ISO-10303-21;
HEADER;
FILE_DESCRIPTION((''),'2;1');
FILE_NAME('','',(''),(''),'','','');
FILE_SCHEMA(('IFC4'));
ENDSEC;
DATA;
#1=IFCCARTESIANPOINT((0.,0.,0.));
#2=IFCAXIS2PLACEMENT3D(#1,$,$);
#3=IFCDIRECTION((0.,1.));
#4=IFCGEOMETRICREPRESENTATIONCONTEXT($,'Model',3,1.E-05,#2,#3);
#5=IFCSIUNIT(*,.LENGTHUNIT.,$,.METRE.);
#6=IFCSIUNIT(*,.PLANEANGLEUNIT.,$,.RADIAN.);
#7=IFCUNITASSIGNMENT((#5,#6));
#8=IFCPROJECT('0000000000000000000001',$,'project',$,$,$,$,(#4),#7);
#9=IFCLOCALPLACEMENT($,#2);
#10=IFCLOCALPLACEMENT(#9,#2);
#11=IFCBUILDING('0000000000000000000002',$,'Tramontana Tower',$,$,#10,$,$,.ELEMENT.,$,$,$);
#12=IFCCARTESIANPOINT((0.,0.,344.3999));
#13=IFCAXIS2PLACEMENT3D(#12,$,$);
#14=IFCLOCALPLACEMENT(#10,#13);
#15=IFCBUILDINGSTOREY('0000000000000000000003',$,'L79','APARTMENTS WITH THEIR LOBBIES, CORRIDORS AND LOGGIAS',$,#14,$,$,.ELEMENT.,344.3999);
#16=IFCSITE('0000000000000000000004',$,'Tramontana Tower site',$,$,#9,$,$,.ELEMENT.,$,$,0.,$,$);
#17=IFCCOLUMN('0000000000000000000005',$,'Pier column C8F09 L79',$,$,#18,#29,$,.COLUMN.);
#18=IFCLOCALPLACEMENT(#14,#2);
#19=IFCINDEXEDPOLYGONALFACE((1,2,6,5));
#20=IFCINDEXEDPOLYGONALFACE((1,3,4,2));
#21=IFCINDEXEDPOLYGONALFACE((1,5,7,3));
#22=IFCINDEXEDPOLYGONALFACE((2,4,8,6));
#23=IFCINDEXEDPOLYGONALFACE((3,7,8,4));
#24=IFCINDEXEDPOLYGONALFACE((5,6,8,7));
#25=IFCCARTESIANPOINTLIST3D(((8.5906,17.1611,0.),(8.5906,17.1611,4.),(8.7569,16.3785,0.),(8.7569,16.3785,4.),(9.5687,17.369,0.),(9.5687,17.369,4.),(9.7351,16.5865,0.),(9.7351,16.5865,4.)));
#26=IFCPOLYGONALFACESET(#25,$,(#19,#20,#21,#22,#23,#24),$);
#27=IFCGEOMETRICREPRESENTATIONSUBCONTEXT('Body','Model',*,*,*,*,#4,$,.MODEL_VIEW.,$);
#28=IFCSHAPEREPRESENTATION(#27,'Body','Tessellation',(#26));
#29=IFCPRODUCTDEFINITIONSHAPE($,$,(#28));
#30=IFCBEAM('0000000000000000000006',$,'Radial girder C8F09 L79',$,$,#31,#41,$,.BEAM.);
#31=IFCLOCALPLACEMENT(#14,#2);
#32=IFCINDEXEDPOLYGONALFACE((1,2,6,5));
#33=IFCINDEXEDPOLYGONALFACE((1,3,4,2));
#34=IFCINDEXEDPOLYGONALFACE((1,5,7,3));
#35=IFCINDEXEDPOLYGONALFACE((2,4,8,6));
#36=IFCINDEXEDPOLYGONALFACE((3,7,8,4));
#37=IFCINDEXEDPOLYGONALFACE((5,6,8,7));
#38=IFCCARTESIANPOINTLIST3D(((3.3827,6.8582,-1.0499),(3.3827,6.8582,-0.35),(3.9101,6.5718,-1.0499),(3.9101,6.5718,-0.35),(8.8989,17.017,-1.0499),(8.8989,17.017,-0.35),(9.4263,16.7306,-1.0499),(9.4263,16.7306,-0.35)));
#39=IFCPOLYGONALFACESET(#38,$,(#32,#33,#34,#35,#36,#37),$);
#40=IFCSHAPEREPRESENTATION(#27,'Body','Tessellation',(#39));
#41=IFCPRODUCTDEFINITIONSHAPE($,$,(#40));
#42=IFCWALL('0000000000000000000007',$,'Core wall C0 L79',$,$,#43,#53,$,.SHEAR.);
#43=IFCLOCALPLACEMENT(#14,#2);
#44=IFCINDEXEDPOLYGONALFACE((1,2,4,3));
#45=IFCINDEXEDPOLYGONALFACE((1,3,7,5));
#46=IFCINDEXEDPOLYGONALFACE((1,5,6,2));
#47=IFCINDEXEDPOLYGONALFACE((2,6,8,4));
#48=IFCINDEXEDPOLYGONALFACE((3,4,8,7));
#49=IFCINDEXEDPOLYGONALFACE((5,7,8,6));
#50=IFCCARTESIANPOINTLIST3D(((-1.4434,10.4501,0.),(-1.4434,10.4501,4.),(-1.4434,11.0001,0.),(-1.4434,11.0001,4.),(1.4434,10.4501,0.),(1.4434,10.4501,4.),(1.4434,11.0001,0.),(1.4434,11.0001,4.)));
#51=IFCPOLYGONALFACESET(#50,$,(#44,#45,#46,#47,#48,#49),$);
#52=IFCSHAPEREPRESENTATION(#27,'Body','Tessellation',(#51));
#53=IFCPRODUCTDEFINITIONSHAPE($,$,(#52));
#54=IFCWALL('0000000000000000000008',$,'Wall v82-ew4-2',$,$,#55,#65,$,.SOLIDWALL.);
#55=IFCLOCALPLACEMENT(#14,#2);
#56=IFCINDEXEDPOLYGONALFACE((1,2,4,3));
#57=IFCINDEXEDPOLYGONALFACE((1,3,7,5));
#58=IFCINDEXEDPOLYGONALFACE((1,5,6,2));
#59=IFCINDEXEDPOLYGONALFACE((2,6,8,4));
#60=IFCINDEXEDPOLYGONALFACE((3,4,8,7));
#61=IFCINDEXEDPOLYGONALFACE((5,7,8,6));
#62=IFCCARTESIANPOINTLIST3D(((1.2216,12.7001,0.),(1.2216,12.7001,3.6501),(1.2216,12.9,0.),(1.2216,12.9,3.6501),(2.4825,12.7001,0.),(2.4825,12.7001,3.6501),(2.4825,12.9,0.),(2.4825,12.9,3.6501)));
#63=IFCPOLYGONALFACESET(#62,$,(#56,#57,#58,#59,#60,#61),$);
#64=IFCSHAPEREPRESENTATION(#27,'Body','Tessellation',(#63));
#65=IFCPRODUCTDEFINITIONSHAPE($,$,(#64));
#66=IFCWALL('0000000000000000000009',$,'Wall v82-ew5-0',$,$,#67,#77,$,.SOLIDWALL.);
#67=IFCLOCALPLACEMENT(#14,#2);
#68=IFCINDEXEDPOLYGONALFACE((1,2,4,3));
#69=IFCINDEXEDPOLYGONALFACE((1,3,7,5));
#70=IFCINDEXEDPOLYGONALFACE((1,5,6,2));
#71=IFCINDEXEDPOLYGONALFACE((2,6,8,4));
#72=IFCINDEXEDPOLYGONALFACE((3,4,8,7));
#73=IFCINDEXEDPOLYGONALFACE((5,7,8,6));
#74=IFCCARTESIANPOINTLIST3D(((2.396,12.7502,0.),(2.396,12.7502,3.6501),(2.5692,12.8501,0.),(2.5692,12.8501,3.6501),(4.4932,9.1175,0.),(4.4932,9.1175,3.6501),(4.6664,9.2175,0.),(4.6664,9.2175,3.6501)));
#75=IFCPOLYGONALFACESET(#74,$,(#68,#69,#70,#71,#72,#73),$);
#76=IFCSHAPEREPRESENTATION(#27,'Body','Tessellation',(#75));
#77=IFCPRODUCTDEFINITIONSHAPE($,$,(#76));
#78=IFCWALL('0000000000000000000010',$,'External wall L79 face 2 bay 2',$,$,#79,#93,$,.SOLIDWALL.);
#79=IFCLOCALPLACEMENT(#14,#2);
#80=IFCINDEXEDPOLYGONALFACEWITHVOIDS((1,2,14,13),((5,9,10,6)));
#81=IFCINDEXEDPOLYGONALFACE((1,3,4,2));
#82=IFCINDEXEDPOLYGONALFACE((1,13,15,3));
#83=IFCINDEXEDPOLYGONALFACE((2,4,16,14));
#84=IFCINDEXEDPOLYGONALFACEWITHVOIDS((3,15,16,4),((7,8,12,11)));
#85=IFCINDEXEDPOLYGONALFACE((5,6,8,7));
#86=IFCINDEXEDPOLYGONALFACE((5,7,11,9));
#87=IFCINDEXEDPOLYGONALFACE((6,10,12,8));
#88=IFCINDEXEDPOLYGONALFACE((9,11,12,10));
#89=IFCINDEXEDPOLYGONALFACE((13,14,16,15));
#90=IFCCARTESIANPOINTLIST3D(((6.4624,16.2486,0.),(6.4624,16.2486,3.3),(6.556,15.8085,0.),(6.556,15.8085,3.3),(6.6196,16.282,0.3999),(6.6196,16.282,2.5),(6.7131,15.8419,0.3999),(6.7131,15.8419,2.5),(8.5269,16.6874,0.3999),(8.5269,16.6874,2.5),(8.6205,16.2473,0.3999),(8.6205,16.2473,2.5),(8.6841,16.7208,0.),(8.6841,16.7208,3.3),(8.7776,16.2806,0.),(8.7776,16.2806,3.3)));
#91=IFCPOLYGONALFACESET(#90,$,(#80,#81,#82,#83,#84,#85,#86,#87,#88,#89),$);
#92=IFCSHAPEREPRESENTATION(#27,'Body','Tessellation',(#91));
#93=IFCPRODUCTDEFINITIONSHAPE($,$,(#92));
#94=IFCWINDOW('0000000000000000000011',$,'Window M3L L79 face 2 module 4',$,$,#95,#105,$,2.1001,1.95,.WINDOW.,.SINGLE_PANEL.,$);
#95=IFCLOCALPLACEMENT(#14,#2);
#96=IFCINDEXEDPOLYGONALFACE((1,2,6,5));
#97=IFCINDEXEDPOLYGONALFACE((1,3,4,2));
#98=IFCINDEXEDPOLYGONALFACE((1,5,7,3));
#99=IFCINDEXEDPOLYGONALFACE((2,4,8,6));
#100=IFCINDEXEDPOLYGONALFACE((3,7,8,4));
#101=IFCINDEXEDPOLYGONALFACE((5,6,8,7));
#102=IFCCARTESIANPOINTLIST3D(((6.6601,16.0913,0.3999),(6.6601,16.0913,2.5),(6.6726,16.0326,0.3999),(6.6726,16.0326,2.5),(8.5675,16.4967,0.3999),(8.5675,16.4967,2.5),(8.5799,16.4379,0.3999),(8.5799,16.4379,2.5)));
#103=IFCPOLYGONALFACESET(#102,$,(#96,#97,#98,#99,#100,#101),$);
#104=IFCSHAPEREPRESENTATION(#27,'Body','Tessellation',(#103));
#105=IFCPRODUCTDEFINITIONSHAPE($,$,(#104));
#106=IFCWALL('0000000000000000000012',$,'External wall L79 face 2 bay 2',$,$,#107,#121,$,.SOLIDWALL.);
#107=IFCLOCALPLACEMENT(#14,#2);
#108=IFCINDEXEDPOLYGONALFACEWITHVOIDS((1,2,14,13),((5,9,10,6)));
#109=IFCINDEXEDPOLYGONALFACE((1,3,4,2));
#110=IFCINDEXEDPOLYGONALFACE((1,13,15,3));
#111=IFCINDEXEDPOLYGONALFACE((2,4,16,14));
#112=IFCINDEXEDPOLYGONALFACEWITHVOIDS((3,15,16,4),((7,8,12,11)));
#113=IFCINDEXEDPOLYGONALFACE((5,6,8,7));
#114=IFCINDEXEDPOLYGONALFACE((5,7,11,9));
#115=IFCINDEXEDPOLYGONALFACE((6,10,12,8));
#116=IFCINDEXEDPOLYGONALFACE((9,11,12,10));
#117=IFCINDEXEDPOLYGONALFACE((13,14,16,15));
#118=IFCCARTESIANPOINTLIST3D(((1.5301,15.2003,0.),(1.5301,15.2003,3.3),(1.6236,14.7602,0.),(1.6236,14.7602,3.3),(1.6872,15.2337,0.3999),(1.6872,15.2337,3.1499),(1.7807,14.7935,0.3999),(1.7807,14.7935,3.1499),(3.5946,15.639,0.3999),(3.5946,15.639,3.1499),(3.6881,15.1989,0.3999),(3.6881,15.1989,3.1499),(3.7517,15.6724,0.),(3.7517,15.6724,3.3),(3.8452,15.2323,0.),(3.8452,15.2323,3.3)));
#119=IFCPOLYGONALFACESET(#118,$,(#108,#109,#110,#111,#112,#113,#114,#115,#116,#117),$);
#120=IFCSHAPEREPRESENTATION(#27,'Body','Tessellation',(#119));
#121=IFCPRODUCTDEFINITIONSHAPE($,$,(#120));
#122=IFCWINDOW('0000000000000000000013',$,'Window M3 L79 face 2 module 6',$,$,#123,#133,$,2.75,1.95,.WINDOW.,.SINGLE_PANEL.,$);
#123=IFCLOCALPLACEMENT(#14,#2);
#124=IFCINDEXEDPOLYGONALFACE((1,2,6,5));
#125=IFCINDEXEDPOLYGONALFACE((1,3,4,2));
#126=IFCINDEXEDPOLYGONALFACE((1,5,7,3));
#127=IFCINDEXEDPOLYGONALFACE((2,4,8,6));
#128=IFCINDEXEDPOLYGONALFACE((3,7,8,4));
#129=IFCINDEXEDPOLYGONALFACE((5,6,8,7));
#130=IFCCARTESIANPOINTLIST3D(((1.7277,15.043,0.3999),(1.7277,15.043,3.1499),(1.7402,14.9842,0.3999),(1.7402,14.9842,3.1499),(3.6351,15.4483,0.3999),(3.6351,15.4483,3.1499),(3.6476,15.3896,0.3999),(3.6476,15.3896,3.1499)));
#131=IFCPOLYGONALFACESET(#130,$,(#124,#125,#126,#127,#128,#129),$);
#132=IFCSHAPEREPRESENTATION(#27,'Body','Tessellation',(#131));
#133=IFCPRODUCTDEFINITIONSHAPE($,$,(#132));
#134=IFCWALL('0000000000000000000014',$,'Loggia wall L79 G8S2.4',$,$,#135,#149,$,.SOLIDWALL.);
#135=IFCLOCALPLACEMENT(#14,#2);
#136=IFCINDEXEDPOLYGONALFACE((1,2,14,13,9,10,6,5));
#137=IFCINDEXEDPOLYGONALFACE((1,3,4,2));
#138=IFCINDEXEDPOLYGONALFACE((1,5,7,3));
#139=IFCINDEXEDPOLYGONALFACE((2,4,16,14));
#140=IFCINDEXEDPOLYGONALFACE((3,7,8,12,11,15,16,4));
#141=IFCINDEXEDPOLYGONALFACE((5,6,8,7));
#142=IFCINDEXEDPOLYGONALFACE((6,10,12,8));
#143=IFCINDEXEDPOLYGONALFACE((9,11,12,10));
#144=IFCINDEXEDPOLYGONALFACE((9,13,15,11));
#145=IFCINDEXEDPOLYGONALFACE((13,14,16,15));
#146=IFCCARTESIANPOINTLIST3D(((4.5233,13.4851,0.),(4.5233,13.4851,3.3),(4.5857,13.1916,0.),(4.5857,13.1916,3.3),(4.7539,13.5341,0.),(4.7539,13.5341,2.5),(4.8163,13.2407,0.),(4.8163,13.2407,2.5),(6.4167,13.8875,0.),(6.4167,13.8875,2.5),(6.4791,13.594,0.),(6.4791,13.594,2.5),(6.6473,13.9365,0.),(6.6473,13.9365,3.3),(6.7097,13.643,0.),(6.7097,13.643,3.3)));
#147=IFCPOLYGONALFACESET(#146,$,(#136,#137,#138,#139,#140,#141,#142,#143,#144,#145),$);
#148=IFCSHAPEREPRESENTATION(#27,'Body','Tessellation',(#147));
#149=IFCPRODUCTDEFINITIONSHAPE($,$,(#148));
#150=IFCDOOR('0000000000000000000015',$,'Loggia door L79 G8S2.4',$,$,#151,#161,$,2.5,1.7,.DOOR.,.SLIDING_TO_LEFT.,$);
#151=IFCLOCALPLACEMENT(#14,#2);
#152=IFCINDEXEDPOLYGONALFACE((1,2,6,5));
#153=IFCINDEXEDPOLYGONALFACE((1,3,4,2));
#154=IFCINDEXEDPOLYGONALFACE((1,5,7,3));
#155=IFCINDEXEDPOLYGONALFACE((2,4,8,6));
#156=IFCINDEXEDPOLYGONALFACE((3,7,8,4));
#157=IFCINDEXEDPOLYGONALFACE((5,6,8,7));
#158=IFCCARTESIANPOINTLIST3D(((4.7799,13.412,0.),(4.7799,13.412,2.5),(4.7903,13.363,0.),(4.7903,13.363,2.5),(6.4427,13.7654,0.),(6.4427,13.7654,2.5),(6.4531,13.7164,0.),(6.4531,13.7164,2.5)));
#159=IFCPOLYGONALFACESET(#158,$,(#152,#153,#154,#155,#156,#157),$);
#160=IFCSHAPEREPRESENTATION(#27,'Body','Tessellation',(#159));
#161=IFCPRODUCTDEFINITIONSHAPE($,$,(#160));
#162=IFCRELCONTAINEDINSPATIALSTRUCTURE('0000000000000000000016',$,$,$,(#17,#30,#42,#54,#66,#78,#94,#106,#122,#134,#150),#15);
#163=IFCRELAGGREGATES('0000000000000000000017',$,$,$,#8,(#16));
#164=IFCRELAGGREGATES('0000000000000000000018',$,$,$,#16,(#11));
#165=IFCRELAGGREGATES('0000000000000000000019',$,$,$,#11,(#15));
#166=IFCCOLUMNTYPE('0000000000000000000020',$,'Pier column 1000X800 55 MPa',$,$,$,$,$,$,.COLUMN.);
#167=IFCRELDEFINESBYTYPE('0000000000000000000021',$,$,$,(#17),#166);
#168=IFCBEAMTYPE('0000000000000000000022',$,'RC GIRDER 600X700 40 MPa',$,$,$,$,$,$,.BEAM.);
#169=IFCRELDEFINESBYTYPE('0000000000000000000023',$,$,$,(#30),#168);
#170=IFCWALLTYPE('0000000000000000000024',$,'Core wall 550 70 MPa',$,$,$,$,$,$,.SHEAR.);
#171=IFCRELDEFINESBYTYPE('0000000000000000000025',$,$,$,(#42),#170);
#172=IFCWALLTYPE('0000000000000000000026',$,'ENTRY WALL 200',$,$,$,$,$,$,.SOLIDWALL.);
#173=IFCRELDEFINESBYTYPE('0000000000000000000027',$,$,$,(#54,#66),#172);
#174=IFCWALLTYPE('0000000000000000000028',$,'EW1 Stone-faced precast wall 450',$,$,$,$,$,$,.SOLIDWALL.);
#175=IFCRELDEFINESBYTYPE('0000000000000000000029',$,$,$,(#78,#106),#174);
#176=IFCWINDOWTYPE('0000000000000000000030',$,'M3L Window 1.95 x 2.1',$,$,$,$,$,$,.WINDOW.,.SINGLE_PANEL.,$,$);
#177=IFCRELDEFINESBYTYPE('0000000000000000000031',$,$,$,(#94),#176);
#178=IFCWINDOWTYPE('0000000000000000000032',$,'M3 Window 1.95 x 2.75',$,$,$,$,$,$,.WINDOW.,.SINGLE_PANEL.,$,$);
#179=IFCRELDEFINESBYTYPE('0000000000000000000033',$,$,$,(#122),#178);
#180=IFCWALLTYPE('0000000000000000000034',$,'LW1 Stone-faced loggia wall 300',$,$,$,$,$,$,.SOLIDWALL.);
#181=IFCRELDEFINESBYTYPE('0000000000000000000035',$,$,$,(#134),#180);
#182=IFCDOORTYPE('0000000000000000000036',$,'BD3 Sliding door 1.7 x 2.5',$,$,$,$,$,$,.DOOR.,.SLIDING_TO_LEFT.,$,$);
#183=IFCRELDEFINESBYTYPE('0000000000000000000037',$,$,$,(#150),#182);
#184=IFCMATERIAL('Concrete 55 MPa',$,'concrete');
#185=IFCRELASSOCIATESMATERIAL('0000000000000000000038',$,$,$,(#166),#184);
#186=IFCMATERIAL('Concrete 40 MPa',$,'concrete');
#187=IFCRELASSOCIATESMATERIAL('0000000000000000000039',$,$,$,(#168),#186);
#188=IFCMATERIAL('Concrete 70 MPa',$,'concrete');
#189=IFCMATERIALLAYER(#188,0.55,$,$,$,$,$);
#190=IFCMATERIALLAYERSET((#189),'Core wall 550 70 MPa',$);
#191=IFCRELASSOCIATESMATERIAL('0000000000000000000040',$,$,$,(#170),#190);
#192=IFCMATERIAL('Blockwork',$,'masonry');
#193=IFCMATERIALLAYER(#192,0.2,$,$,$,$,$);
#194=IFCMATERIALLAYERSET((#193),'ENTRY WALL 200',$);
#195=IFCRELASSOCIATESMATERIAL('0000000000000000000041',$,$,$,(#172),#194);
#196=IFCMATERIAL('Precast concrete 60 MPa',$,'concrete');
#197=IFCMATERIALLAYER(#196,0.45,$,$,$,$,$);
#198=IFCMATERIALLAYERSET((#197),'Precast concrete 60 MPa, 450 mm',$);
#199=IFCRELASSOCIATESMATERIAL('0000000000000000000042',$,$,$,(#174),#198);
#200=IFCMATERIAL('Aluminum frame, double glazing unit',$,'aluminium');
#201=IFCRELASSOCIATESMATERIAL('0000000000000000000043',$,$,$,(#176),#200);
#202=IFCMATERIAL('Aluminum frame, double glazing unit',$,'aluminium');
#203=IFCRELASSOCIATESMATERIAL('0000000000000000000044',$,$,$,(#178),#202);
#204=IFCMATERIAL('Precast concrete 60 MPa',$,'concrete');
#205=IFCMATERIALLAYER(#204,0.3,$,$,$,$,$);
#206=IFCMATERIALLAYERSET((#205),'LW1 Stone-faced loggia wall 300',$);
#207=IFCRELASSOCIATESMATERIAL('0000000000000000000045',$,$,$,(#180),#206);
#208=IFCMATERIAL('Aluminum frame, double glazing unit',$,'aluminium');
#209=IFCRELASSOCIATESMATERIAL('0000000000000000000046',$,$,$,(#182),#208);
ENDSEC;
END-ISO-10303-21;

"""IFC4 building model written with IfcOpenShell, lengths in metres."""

from ifc_helpers import new_model, si_unit, direction, frame, frame_2d, origin, origin_2d, place, context, subcontext, project, spatial, rectangle, extrude, material, layer, layer_set, material_profile, profile_set, type_object, element, fill, save


model = new_model("IFC4")

# Units and contexts
model_context = context("Model", 3, precision=1e-05, world=origin(), true_north=direction((0.0, 1.0)))
body_context = subcontext(model_context, "Body", "Model", "MODEL_VIEW")
ifc_project = project(units=[si_unit("LENGTHUNIT", "METRE"), si_unit("PLANEANGLEUNIT", "RADIAN")], contexts=[model_context])

# Site, building, storey
site_placement = place(None, origin())
site = spatial("IfcSite", under=ifc_project, at=site_placement, Name="Tramontana Tower site", CompositionType="ELEMENT", RefElevation=0.0)
building_placement = place(site_placement, origin())
building = spatial("IfcBuilding", under=site, at=building_placement, Name="Tramontana Tower", CompositionType="ELEMENT")
storey_placement = place(building_placement, frame((0.0, 0.0, 344.3999)))
storey = spatial("IfcBuildingStorey", under=building, at=storey_placement, Name="L79", Description="APARTMENTS WITH THEIR LOBBIES, CORRIDORS AND LOGGIAS", CompositionType="ELEMENT", Elevation=344.3999)

# Column
ifc_material_1 = material(Name="Concrete 55 MPa", Category="concrete")
ifc_material_profile_1 = material_profile(ifc_material_1, rectangle(XDim=1.0, YDim=0.8, at=origin_2d()), Name="Pier column 1000X800 55 MPa")
ifc_profile_set_1 = profile_set([ifc_material_profile_1], Name="Concrete 55 MPa")
column_type = type_object("IfcColumnType", Name="Pier column 1000X800 55 MPa", PredefinedType="COLUMN", material=ifc_profile_set_1)
column_placement = place(storey_placement, frame((9.1628, 16.8738, 0.0), z_axis=(0.0, 0.0, 1.0), x_axis=(-0.978148, -0.207912, 0.0)))
element("IfcColumn", 1, at=column_placement, inside=storey, type_object=column_type, Name="Pier column C8F09 L79", PredefinedType="COLUMN", context=body_context, shape_type="SweptSolid", body=[
    extrude(rectangle(XDim=1.0, YDim=0.8, at=origin_2d()), origin(), (0.0, 0.0, 1.0), 4.0),
])

# Beam
ifc_material_2 = material(Name="Concrete 40 MPa", Category="concrete")
ifc_material_profile_2 = material_profile(ifc_material_2, rectangle(XDim=0.6001, YDim=0.7, at=origin_2d()), Name="RC GIRDER 600X700 40 MPa")
ifc_profile_set_2 = profile_set([ifc_material_profile_2], Name="Concrete 40 MPa")
beam_type = type_object("IfcBeamType", Name="RC GIRDER 600X700 40 MPa", PredefinedType="BEAM", material=ifc_profile_set_2)
beam_placement = place(storey_placement, frame((9.1626, 16.8738, -0.7), z_axis=(-0.477185, -0.878803, 0.0), x_axis=(0.878803, -0.477185, 0.0)))
element("IfcBeam", 2, at=beam_placement, inside=storey, type_object=beam_type, Name="Radial girder C8F09 L79", PredefinedType="BEAM", context=body_context, shape_type="SweptSolid", body=[
    extrude(rectangle(XDim=0.6001, YDim=0.7, at=origin_2d()), origin(), (0.0, 0.0, 1.0), 11.5598),
])

# Walls
ifc_material_3 = material(Name="Concrete 70 MPa", Category="concrete")
ifc_layer_1 = layer(ifc_material_3, 0.55)
ifc_layer_set_1 = layer_set([ifc_layer_1], Name="Core wall 550 70 MPa")
wall_type_1 = type_object("IfcWallType", Name="Core wall 550 70 MPa", PredefinedType="SHEAR", material=ifc_layer_set_1)
wall_1_placement = place(storey_placement, frame((1.4434, 10.7251, 0.0), z_axis=(0.0, 0.0, 1.0), x_axis=(-1.0, 0.0, 0.0)))
element("IfcWall", 3, at=wall_1_placement, inside=storey, type_object=wall_type_1, Name="Core wall C0 L79", PredefinedType="SHEAR", context=body_context, shape_type="SweptSolid", body=[
    extrude(rectangle(XDim=2.8867, YDim=0.55, at=frame_2d((1.4434, 0.0))), origin(), (0.0, 0.0, 1.0), 4.0),
])
ifc_material_4 = material(Name="Blockwork", Category="masonry")
ifc_layer_2 = layer(ifc_material_4, 0.2)
ifc_layer_set_2 = layer_set([ifc_layer_2], Name="ENTRY WALL 200")
wall_type_2 = type_object("IfcWallType", Name="ENTRY WALL 200", PredefinedType="SOLIDWALL", material=ifc_layer_set_2)
wall_2_placement = place(storey_placement, frame((1.2217, 12.8, 0.0), z_axis=(0.0, 0.0, 1.0), x_axis=(1.0, 0.0, 0.0)))
element("IfcWall", 4, at=wall_2_placement, inside=storey, type_object=wall_type_2, Name="Wall v82-ew4-2", PredefinedType="SOLIDWALL", context=body_context, shape_type="SweptSolid", body=[
    extrude(rectangle(XDim=1.261, YDim=0.2, at=frame_2d((0.6304, 0.0))), origin(), (0.0, 0.0, 1.0), 3.6501),
])
wall_3_placement = place(storey_placement, frame((2.4827, 12.8, 0.0), z_axis=(0.0, 0.0, 1.0), x_axis=(0.499983, -0.866035, 0.0)))
element("IfcWall", 5, at=wall_3_placement, inside=storey, type_object=wall_type_2, Name="Wall v82-ew5-0", PredefinedType="SOLIDWALL", context=body_context, shape_type="SweptSolid", body=[
    extrude(rectangle(XDim=4.1946, YDim=0.2, at=frame_2d((2.0972, 0.0))), origin(), (0.0, 0.0, 1.0), 3.6501),
])

# Walls, openings, windows
ifc_material_5 = material(Name="Precast concrete 60 MPa", Category="concrete")
ifc_layer_3 = layer(ifc_material_5, 0.45)
ifc_layer_set_3 = layer_set([ifc_layer_3], Name="Precast concrete 60 MPa, 450 mm")
wall_type_3 = type_object("IfcWallType", Name="EW1 Stone-faced precast wall 450", PredefinedType="SOLIDWALL", material=ifc_layer_set_3)
wall_4_placement = place(storey_placement, frame((8.731, 16.5007, 0.0), z_axis=(0.0, 0.0, 1.0), x_axis=(-0.978153, -0.207884, 0.0)))
wall_4 = element("IfcWall", 6, at=wall_4_placement, inside=storey, type_object=wall_type_3, Name="External wall L79 face 2 bay 2", PredefinedType="SOLIDWALL", context=body_context, shape_type="SweptSolid", body=[
    extrude(rectangle(XDim=2.2712, YDim=0.45, at=frame_2d((1.1357, 0.0))), origin(), (0.0, 0.0, 1.0), 3.3),
])
opening_1_placement = place(wall_4_placement, frame((0.1606, 0.0, 0.3999)))
opening_1 = element("IfcOpeningElement", 7, at=opening_1_placement, cuts=wall_4, PredefinedType="OPENING", context=body_context, shape_type="SweptSolid", body=[
    extrude(rectangle(XDim=1.95, YDim=2.1001, at=frame_2d((0.9751, 1.05))), frame((0.0, 0.2349, 0.0), z_axis=(0.0, -1.0, 0.0), x_axis=(1.0, 0.0, 0.0)), (0.0, 0.0, 1.0), 0.47),
])
ifc_material_6 = material(Name="Aluminum frame, double glazing unit", Category="aluminium")
window_type_1 = type_object("IfcWindowType", Name="M3L Window 1.95 x 2.1", PartitioningType="SINGLE_PANEL", PredefinedType="WINDOW", material=ifc_material_6)
window_1_placement = place(opening_1_placement, origin())
window_1 = element("IfcWindow", 8, at=window_1_placement, inside=storey, type_object=window_type_1, Name="Window M3L L79 face 2 module 4", OverallHeight=2.1001, OverallWidth=1.95, PartitioningType="SINGLE_PANEL", PredefinedType="WINDOW", context=body_context, shape_type="SweptSolid", body=[
    extrude(rectangle(XDim=1.95, YDim=2.1001, at=frame_2d((0.9751, 1.05))), frame((0.0, 0.03, 0.0), z_axis=(0.0, -1.0, 0.0), x_axis=(1.0, 0.0, 0.0)), (0.0, 0.0, 1.0), 0.0601),
])
fill(opening_1, window_1)
wall_5_placement = place(storey_placement, frame((3.7986, 15.4524, 0.0), z_axis=(0.0, 0.0, 1.0), x_axis=(-0.978153, -0.207884, 0.0)))
wall_5 = element("IfcWall", 9, at=wall_5_placement, inside=storey, type_object=wall_type_3, Name="External wall L79 face 2 bay 2", PredefinedType="SOLIDWALL", context=body_context, shape_type="SweptSolid", body=[
    extrude(rectangle(XDim=2.2712, YDim=0.45, at=frame_2d((1.1357, 0.0))), origin(), (0.0, 0.0, 1.0), 3.3),
])
opening_2_placement = place(wall_5_placement, frame((0.1606, 0.0, 0.3999)))
opening_2 = element("IfcOpeningElement", 10, at=opening_2_placement, cuts=wall_5, PredefinedType="OPENING", context=body_context, shape_type="SweptSolid", body=[
    extrude(rectangle(XDim=1.95, YDim=2.75, at=frame_2d((0.9751, 1.375))), frame((0.0, 0.2349, 0.0), z_axis=(0.0, -1.0, 0.0), x_axis=(1.0, 0.0, 0.0)), (0.0, 0.0, 1.0), 0.47),
])
ifc_material_7 = material(Name="Aluminum frame, double glazing unit", Category="aluminium")
window_type_2 = type_object("IfcWindowType", Name="M3 Window 1.95 x 2.75", PartitioningType="SINGLE_PANEL", PredefinedType="WINDOW", material=ifc_material_7)
window_2_placement = place(opening_2_placement, origin())
window_2 = element("IfcWindow", 11, at=window_2_placement, inside=storey, type_object=window_type_2, Name="Window M3 L79 face 2 module 6", OverallHeight=2.75, OverallWidth=1.95, PartitioningType="SINGLE_PANEL", PredefinedType="WINDOW", context=body_context, shape_type="SweptSolid", body=[
    extrude(rectangle(XDim=1.95, YDim=2.75, at=frame_2d((0.9751, 1.375))), frame((0.0, 0.03, 0.0), z_axis=(0.0, -1.0, 0.0), x_axis=(1.0, 0.0, 0.0)), (0.0, 0.0, 1.0), 0.0601),
])
fill(opening_2, window_2)

# Wall, opening, door
ifc_material_8 = material(Name="Precast concrete 60 MPa", Category="concrete")
ifc_layer_4 = layer(ifc_material_8, 0.3)
ifc_layer_set_4 = layer_set([ifc_layer_4], Name="LW1 Stone-faced loggia wall 300")
wall_type_4 = type_object("IfcWallType", Name="LW1 Stone-faced loggia wall 300", PredefinedType="SOLIDWALL", material=ifc_layer_set_4)
wall_6_placement = place(storey_placement, frame((6.6785, 13.7898, 0.0), z_axis=(0.0, 0.0, 1.0), x_axis=(-0.978153, -0.207886, 0.0)))
wall_6 = element("IfcWall", 12, at=wall_6_placement, inside=storey, type_object=wall_type_4, Name="Loggia wall L79 G8S2.4", PredefinedType="SOLIDWALL", context=body_context, shape_type="SweptSolid", body=[
    extrude(rectangle(XDim=2.1714, YDim=0.3, at=frame_2d((1.0857, 0.0))), origin(), (0.0, 0.0, 1.0), 3.3),
])
opening_3_placement = place(wall_6_placement, frame((0.2356, 0.0, 0.0)))
opening_3 = element("IfcOpeningElement", 13, at=opening_3_placement, cuts=wall_6, PredefinedType="OPENING", context=body_context, shape_type="SweptSolid", body=[
    extrude(rectangle(XDim=1.7, YDim=2.5, at=frame_2d((0.8501, 1.25))), frame((0.0, 0.1599, 0.0), z_axis=(0.0, -1.0, 0.0), x_axis=(1.0, 0.0, 0.0)), (0.0, 0.0, 1.0), 0.3201),
])
ifc_material_9 = material(Name="Aluminum frame, double glazing unit", Category="aluminium")
door_type_1 = type_object("IfcDoorType", Name="BD3 Sliding door 1.7 x 2.5", OperationType="SLIDING_TO_LEFT", PredefinedType="DOOR", material=ifc_material_9)
door_1_placement = place(opening_3_placement, origin())
door_1 = element("IfcDoor", 14, at=door_1_placement, inside=storey, type_object=door_type_1, Name="Loggia door L79 G8S2.4", OperationType="SLIDING_TO_LEFT", OverallHeight=2.5, OverallWidth=1.7, PredefinedType="DOOR", context=body_context, shape_type="SweptSolid", body=[
    extrude(rectangle(XDim=1.7, YDim=2.5, at=frame_2d((0.8501, 1.25))), frame((0.0, 0.0249, 0.0), z_axis=(0.0, -1.0, 0.0), x_axis=(1.0, 0.0, 0.0)), (0.0, 0.0, 1.0), 0.05),
])
fill(opening_3, door_1)

save(model, "model.ifc")
